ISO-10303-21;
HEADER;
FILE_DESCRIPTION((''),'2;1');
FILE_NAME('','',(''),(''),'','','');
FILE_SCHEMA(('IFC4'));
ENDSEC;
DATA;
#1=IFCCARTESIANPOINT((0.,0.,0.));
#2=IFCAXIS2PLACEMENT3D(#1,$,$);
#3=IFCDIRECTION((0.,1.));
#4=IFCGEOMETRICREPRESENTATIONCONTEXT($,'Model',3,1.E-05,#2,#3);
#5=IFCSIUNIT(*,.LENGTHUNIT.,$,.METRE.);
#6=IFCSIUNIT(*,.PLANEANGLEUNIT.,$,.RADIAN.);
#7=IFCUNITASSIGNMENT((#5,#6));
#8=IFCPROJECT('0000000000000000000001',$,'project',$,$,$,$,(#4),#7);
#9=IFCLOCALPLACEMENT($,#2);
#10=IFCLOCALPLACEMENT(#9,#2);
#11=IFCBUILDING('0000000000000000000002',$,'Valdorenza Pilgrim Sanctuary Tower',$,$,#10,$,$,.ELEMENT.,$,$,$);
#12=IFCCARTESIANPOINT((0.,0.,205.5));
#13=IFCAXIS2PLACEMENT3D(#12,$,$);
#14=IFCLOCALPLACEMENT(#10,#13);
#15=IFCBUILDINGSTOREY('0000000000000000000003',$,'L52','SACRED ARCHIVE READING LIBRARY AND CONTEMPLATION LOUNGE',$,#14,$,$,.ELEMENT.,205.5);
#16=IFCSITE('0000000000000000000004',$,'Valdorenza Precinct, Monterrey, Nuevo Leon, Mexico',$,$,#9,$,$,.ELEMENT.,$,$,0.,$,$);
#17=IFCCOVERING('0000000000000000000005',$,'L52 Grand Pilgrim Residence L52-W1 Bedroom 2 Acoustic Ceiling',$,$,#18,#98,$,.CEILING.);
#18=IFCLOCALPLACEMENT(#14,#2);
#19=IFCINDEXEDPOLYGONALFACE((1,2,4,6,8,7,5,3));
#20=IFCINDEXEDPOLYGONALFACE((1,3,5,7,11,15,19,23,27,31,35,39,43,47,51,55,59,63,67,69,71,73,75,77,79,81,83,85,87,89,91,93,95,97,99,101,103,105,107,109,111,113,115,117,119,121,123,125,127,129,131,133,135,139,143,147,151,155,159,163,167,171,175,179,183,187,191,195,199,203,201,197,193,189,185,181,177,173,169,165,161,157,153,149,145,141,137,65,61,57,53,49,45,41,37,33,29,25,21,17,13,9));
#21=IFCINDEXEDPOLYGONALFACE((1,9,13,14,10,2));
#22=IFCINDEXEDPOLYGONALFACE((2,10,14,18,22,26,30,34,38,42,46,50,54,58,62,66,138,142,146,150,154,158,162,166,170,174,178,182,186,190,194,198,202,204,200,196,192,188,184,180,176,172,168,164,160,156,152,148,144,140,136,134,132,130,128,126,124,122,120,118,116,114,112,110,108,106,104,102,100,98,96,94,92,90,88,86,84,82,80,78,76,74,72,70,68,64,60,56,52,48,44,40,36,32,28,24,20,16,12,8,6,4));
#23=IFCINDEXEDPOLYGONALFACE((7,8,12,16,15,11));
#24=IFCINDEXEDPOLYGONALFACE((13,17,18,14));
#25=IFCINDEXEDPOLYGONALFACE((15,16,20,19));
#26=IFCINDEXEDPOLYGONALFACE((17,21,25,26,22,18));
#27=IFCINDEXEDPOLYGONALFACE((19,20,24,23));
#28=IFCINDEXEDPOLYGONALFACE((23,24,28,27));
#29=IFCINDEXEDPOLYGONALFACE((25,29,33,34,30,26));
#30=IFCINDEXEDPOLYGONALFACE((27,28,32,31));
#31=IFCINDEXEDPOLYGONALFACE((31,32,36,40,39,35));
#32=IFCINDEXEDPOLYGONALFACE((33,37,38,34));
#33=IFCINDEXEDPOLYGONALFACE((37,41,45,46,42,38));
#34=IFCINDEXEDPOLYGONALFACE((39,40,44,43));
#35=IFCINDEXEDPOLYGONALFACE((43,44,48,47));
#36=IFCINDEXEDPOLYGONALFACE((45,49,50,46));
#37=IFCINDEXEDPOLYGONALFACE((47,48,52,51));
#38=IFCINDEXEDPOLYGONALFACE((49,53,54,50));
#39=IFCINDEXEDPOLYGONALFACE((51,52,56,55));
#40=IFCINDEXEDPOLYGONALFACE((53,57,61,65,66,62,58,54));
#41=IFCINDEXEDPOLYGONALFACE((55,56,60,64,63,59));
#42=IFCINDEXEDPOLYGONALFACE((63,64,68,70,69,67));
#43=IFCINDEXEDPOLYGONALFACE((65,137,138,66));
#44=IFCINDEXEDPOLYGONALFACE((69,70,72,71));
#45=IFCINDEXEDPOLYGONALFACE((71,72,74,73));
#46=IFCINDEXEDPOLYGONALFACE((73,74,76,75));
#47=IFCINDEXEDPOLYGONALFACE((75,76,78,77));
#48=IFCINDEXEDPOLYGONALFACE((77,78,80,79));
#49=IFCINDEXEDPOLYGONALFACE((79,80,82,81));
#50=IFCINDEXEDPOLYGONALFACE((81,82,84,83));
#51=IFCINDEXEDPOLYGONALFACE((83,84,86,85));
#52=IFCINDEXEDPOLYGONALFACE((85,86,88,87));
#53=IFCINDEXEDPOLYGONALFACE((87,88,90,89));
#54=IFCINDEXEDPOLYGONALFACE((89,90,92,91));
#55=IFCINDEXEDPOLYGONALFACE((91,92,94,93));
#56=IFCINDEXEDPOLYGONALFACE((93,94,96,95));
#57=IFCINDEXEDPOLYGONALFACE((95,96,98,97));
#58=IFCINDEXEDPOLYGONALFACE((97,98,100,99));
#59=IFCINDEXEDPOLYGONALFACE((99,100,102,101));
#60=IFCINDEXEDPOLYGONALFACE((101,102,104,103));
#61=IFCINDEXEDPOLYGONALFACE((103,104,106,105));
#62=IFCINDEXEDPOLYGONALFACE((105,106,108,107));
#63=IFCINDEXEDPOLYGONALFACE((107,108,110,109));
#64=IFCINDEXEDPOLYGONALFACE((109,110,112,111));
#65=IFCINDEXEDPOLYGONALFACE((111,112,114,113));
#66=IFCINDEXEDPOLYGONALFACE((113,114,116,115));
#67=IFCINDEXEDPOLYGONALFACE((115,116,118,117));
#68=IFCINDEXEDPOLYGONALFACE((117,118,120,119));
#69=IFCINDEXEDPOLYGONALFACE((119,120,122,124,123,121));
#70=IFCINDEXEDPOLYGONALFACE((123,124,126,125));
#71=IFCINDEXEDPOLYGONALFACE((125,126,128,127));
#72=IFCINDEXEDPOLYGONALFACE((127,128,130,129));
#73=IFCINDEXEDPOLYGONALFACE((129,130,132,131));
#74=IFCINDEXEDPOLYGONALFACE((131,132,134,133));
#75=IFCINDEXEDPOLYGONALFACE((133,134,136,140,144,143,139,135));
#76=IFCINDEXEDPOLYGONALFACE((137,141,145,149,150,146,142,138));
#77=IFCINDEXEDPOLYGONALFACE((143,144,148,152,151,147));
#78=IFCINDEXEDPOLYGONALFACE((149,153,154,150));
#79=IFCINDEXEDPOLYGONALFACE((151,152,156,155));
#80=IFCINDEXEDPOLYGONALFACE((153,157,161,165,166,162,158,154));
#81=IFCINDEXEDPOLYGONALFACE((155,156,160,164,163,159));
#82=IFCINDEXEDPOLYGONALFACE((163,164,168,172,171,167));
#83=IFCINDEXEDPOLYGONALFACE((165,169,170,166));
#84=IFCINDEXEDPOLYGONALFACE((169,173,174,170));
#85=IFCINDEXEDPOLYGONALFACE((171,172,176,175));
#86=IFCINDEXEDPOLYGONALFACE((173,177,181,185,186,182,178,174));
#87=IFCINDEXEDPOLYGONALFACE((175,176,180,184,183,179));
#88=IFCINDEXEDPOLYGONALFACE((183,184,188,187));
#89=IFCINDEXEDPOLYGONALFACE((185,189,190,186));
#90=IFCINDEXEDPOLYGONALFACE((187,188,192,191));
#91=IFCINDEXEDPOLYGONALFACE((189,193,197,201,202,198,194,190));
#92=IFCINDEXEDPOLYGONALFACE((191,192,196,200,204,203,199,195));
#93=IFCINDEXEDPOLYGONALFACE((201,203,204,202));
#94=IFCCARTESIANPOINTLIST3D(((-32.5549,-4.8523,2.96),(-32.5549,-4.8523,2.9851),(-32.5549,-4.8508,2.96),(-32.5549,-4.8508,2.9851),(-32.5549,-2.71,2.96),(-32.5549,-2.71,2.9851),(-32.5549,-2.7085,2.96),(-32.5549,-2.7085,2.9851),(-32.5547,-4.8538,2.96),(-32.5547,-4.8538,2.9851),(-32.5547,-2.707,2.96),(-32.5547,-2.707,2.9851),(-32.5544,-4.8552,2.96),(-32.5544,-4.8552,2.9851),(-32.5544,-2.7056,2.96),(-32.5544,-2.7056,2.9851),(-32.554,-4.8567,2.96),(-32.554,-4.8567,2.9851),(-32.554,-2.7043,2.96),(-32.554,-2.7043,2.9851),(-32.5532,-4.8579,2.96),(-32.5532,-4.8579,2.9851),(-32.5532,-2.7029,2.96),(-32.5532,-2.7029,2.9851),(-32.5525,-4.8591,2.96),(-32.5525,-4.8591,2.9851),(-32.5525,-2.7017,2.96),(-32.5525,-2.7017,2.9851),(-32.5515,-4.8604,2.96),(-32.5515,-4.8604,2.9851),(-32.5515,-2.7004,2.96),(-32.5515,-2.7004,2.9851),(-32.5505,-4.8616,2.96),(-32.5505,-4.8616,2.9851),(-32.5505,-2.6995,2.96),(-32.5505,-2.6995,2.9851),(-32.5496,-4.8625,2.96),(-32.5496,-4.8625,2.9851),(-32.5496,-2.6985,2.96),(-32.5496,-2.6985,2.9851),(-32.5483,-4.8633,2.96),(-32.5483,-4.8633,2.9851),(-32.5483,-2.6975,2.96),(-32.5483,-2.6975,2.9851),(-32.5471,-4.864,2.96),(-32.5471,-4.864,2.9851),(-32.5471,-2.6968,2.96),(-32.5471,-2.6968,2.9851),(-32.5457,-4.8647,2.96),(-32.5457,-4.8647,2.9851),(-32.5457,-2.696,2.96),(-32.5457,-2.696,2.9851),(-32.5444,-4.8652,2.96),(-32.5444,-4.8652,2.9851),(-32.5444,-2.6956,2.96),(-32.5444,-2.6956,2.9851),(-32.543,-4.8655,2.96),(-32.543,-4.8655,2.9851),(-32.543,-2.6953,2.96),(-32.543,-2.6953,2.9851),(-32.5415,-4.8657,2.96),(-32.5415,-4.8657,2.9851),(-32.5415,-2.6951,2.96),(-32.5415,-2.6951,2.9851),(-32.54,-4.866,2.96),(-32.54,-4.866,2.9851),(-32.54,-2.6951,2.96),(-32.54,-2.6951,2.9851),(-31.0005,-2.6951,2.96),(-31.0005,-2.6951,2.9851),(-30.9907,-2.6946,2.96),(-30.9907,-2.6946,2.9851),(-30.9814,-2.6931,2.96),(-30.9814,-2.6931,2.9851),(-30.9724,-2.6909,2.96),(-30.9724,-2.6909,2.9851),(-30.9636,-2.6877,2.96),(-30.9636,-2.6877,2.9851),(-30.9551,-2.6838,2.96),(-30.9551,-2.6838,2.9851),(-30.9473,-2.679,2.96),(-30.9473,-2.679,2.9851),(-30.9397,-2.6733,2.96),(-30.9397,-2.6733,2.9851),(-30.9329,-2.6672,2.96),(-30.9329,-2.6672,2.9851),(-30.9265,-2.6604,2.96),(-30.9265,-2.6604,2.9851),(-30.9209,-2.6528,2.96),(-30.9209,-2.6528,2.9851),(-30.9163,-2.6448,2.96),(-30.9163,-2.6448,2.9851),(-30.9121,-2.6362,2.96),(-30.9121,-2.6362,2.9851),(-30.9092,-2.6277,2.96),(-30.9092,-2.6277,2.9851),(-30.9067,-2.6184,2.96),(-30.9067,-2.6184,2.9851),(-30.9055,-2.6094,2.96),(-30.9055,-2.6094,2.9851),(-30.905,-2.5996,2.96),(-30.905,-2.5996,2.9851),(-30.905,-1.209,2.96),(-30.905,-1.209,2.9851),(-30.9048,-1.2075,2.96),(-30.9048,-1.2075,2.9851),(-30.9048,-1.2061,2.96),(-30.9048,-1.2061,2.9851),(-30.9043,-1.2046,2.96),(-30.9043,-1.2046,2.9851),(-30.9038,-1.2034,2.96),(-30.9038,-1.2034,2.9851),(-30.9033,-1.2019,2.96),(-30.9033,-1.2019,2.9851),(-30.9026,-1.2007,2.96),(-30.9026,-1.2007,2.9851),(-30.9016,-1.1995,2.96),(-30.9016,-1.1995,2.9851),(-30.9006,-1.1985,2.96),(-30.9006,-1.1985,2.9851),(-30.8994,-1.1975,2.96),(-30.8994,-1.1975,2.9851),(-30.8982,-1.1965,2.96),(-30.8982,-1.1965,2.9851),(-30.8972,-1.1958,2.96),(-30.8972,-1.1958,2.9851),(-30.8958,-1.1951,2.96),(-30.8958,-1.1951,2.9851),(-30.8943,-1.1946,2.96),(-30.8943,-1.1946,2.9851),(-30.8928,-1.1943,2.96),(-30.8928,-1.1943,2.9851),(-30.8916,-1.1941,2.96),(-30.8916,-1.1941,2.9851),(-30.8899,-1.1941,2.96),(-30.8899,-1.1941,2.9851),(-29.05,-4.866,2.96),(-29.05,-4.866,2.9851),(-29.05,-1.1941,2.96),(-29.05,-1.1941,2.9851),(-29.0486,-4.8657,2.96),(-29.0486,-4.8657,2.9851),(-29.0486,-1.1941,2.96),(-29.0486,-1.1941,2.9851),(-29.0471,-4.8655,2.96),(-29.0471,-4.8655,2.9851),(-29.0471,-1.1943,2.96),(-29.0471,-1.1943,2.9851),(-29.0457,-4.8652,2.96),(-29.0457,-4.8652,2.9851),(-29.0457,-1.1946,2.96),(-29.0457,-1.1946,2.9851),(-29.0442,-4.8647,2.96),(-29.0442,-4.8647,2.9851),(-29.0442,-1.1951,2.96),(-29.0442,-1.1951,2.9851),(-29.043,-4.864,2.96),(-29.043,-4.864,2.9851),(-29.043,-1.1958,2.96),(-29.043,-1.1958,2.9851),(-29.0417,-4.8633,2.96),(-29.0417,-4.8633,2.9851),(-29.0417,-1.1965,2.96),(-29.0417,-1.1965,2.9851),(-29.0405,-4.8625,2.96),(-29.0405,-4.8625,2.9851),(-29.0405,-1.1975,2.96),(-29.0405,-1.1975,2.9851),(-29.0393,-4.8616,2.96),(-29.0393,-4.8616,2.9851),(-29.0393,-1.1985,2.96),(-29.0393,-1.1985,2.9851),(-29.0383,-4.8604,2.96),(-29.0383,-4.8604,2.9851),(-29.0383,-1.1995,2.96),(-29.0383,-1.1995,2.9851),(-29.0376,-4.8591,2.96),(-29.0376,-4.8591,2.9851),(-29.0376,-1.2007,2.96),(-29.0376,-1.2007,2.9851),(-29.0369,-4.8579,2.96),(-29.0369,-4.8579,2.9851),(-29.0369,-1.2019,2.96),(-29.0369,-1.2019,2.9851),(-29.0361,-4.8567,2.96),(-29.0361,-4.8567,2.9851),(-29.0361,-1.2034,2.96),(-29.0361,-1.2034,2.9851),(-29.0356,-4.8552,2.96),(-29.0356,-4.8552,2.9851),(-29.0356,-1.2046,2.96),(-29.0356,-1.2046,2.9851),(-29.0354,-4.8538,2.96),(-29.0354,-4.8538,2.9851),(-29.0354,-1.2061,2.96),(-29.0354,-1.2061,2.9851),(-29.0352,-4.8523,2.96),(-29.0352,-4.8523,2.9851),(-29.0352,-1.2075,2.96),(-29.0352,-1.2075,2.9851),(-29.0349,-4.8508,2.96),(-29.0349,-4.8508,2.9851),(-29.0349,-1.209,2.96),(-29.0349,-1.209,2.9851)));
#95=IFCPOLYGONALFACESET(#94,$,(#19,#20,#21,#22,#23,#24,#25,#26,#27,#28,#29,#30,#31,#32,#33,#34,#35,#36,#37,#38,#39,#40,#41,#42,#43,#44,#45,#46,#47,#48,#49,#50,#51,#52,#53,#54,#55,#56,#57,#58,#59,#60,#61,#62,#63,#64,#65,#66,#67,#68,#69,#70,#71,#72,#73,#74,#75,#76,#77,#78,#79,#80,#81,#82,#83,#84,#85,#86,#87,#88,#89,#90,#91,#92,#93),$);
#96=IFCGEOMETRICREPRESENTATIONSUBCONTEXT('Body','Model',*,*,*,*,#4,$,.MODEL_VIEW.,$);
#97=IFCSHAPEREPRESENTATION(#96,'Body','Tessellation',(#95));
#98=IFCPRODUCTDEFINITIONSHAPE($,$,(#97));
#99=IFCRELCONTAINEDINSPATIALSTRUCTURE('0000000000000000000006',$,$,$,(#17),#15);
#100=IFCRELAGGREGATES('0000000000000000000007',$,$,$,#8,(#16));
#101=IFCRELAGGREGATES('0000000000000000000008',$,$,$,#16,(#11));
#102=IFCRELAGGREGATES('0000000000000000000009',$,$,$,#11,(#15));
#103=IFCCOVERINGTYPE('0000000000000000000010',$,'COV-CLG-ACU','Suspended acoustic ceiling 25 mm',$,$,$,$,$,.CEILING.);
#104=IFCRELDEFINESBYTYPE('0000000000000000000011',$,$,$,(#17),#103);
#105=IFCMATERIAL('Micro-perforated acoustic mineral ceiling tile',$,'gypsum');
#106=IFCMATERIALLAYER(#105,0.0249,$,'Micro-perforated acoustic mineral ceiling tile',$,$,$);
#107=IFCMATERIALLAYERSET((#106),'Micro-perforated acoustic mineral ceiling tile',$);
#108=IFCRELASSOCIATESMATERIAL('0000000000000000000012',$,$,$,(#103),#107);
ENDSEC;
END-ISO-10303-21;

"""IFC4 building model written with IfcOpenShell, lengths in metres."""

from ifc_helpers import new_model, si_unit, direction, frame, origin, place, context, subcontext, project, spatial, polyline, outline, extrude, material, layer, layer_set, type_object, element, save


model = new_model("IFC4")

# Units and contexts
model_context = context("Model", 3, precision=1e-05, world=origin(), true_north=direction((0.0, 1.0)))
body_context = subcontext(model_context, "Body", "Model", "MODEL_VIEW")
ifc_project = project(units=[si_unit("LENGTHUNIT", "METRE"), si_unit("PLANEANGLEUNIT", "RADIAN")], contexts=[model_context])

# Site, building, storey
site_placement = place(None, origin())
site = spatial("IfcSite", under=ifc_project, at=site_placement, Name="Valdorenza Precinct, Monterrey, Nuevo Leon, Mexico", CompositionType="ELEMENT", RefElevation=0.0)
building_placement = place(site_placement, origin())
building = spatial("IfcBuilding", under=site, at=building_placement, Name="Valdorenza Pilgrim Sanctuary Tower", CompositionType="ELEMENT")
storey_placement = place(building_placement, frame((0.0, 0.0, 205.5)))
storey = spatial("IfcBuildingStorey", under=building, at=storey_placement, Name="L52", Description="SACRED ARCHIVE READING LIBRARY AND CONTEMPLATION LOUNGE", CompositionType="ELEMENT", Elevation=205.5)

# Covering
ifc_material_1 = material(Name="Micro-perforated acoustic mineral ceiling tile", Category="gypsum")
ifc_layer_1 = layer(ifc_material_1, 0.0249, Name="Micro-perforated acoustic mineral ceiling tile")
ifc_layer_set_1 = layer_set([ifc_layer_1], Name="Micro-perforated acoustic mineral ceiling tile")
covering_type_1 = type_object("IfcCoveringType", Name="COV-CLG-ACU", Description="Suspended acoustic ceiling 25 mm", PredefinedType="CEILING", material=ifc_layer_set_1)
covering_1_placement = place(storey_placement, frame((0.0, 0.0, 2.96)))
element("IfcCovering", 1, at=covering_1_placement, inside=storey, type_object=covering_type_1, Name="L52 Grand Pilgrim Residence L52-W1 Bedroom 2 Acoustic Ceiling", PredefinedType="CEILING", context=body_context, shape_type="SweptSolid", body=[
    extrude(outline(polyline([(-29.0349, -4.8508), (-29.0352, -4.8523), (-29.0354, -4.8538), (-29.0356, -4.8552), (-29.0361, -4.8567), (-29.0369, -4.8579), (-29.0376, -4.8591), (-29.0383, -4.8604), (-29.0393, -4.8616), (-29.0405, -4.8625), (-29.0417, -4.8633), (-29.043, -4.864), (-29.0442, -4.8647), (-29.0457, -4.8652), (-29.0471, -4.8655), (-29.0486, -4.8657), (-29.05, -4.866), (-32.54, -4.866), (-32.5415, -4.8657), (-32.543, -4.8655), (-32.5444, -4.8652), (-32.5457, -4.8647), (-32.5471, -4.864), (-32.5483, -4.8633), (-32.5496, -4.8625), (-32.5505, -4.8616), (-32.5515, -4.8604), (-32.5525, -4.8591), (-32.5532, -4.8579), (-32.554, -4.8567), (-32.5544, -4.8552), (-32.5547, -4.8538), (-32.5549, -4.8523), (-32.5549, -4.8508), (-32.5549, -2.71), (-32.5549, -2.7085), (-32.5547, -2.707), (-32.5544, -2.7056), (-32.554, -2.7043), (-32.5532, -2.7029), (-32.5525, -2.7017), (-32.5515, -2.7004), (-32.5505, -2.6995), (-32.5496, -2.6985), (-32.5483, -2.6975), (-32.5471, -2.6968), (-32.5457, -2.696), (-32.5444, -2.6956), (-32.543, -2.6953), (-32.5415, -2.6951), (-32.54, -2.6951), (-31.0005, -2.6951), (-30.9907, -2.6946), (-30.9814, -2.6931), (-30.9724, -2.6909), (-30.9636, -2.6877), (-30.9551, -2.6838), (-30.9473, -2.679), (-30.9397, -2.6733), (-30.9329, -2.6672), (-30.9265, -2.6604), (-30.9209, -2.6528), (-30.9163, -2.6448), (-30.9121, -2.6362), (-30.9092, -2.6277), (-30.9067, -2.6184), (-30.9055, -2.6094), (-30.905, -2.5996), (-30.905, -1.209), (-30.9048, -1.2075), (-30.9048, -1.2061), (-30.9043, -1.2046), (-30.9038, -1.2034), (-30.9033, -1.2019), (-30.9026, -1.2007), (-30.9016, -1.1995), (-30.9006, -1.1985), (-30.8994, -1.1975), (-30.8982, -1.1965), (-30.8972, -1.1958), (-30.8958, -1.1951), (-30.8943, -1.1946), (-30.8928, -1.1943), (-30.8916, -1.1941), (-30.8899, -1.1941), (-29.05, -1.1941), (-29.0486, -1.1941), (-29.0471, -1.1943), (-29.0457, -1.1946), (-29.0442, -1.1951), (-29.043, -1.1958), (-29.0417, -1.1965), (-29.0405, -1.1975), (-29.0393, -1.1985), (-29.0383, -1.1995), (-29.0376, -1.2007), (-29.0369, -1.2019), (-29.0361, -1.2034), (-29.0356, -1.2046), (-29.0354, -1.2061), (-29.0352, -1.2075), (-29.0349, -1.209), (-29.0349, -4.8508)])), origin(), (0.0, 0.0, 1.0), 0.0251),
])

save(model, "model.ifc")
